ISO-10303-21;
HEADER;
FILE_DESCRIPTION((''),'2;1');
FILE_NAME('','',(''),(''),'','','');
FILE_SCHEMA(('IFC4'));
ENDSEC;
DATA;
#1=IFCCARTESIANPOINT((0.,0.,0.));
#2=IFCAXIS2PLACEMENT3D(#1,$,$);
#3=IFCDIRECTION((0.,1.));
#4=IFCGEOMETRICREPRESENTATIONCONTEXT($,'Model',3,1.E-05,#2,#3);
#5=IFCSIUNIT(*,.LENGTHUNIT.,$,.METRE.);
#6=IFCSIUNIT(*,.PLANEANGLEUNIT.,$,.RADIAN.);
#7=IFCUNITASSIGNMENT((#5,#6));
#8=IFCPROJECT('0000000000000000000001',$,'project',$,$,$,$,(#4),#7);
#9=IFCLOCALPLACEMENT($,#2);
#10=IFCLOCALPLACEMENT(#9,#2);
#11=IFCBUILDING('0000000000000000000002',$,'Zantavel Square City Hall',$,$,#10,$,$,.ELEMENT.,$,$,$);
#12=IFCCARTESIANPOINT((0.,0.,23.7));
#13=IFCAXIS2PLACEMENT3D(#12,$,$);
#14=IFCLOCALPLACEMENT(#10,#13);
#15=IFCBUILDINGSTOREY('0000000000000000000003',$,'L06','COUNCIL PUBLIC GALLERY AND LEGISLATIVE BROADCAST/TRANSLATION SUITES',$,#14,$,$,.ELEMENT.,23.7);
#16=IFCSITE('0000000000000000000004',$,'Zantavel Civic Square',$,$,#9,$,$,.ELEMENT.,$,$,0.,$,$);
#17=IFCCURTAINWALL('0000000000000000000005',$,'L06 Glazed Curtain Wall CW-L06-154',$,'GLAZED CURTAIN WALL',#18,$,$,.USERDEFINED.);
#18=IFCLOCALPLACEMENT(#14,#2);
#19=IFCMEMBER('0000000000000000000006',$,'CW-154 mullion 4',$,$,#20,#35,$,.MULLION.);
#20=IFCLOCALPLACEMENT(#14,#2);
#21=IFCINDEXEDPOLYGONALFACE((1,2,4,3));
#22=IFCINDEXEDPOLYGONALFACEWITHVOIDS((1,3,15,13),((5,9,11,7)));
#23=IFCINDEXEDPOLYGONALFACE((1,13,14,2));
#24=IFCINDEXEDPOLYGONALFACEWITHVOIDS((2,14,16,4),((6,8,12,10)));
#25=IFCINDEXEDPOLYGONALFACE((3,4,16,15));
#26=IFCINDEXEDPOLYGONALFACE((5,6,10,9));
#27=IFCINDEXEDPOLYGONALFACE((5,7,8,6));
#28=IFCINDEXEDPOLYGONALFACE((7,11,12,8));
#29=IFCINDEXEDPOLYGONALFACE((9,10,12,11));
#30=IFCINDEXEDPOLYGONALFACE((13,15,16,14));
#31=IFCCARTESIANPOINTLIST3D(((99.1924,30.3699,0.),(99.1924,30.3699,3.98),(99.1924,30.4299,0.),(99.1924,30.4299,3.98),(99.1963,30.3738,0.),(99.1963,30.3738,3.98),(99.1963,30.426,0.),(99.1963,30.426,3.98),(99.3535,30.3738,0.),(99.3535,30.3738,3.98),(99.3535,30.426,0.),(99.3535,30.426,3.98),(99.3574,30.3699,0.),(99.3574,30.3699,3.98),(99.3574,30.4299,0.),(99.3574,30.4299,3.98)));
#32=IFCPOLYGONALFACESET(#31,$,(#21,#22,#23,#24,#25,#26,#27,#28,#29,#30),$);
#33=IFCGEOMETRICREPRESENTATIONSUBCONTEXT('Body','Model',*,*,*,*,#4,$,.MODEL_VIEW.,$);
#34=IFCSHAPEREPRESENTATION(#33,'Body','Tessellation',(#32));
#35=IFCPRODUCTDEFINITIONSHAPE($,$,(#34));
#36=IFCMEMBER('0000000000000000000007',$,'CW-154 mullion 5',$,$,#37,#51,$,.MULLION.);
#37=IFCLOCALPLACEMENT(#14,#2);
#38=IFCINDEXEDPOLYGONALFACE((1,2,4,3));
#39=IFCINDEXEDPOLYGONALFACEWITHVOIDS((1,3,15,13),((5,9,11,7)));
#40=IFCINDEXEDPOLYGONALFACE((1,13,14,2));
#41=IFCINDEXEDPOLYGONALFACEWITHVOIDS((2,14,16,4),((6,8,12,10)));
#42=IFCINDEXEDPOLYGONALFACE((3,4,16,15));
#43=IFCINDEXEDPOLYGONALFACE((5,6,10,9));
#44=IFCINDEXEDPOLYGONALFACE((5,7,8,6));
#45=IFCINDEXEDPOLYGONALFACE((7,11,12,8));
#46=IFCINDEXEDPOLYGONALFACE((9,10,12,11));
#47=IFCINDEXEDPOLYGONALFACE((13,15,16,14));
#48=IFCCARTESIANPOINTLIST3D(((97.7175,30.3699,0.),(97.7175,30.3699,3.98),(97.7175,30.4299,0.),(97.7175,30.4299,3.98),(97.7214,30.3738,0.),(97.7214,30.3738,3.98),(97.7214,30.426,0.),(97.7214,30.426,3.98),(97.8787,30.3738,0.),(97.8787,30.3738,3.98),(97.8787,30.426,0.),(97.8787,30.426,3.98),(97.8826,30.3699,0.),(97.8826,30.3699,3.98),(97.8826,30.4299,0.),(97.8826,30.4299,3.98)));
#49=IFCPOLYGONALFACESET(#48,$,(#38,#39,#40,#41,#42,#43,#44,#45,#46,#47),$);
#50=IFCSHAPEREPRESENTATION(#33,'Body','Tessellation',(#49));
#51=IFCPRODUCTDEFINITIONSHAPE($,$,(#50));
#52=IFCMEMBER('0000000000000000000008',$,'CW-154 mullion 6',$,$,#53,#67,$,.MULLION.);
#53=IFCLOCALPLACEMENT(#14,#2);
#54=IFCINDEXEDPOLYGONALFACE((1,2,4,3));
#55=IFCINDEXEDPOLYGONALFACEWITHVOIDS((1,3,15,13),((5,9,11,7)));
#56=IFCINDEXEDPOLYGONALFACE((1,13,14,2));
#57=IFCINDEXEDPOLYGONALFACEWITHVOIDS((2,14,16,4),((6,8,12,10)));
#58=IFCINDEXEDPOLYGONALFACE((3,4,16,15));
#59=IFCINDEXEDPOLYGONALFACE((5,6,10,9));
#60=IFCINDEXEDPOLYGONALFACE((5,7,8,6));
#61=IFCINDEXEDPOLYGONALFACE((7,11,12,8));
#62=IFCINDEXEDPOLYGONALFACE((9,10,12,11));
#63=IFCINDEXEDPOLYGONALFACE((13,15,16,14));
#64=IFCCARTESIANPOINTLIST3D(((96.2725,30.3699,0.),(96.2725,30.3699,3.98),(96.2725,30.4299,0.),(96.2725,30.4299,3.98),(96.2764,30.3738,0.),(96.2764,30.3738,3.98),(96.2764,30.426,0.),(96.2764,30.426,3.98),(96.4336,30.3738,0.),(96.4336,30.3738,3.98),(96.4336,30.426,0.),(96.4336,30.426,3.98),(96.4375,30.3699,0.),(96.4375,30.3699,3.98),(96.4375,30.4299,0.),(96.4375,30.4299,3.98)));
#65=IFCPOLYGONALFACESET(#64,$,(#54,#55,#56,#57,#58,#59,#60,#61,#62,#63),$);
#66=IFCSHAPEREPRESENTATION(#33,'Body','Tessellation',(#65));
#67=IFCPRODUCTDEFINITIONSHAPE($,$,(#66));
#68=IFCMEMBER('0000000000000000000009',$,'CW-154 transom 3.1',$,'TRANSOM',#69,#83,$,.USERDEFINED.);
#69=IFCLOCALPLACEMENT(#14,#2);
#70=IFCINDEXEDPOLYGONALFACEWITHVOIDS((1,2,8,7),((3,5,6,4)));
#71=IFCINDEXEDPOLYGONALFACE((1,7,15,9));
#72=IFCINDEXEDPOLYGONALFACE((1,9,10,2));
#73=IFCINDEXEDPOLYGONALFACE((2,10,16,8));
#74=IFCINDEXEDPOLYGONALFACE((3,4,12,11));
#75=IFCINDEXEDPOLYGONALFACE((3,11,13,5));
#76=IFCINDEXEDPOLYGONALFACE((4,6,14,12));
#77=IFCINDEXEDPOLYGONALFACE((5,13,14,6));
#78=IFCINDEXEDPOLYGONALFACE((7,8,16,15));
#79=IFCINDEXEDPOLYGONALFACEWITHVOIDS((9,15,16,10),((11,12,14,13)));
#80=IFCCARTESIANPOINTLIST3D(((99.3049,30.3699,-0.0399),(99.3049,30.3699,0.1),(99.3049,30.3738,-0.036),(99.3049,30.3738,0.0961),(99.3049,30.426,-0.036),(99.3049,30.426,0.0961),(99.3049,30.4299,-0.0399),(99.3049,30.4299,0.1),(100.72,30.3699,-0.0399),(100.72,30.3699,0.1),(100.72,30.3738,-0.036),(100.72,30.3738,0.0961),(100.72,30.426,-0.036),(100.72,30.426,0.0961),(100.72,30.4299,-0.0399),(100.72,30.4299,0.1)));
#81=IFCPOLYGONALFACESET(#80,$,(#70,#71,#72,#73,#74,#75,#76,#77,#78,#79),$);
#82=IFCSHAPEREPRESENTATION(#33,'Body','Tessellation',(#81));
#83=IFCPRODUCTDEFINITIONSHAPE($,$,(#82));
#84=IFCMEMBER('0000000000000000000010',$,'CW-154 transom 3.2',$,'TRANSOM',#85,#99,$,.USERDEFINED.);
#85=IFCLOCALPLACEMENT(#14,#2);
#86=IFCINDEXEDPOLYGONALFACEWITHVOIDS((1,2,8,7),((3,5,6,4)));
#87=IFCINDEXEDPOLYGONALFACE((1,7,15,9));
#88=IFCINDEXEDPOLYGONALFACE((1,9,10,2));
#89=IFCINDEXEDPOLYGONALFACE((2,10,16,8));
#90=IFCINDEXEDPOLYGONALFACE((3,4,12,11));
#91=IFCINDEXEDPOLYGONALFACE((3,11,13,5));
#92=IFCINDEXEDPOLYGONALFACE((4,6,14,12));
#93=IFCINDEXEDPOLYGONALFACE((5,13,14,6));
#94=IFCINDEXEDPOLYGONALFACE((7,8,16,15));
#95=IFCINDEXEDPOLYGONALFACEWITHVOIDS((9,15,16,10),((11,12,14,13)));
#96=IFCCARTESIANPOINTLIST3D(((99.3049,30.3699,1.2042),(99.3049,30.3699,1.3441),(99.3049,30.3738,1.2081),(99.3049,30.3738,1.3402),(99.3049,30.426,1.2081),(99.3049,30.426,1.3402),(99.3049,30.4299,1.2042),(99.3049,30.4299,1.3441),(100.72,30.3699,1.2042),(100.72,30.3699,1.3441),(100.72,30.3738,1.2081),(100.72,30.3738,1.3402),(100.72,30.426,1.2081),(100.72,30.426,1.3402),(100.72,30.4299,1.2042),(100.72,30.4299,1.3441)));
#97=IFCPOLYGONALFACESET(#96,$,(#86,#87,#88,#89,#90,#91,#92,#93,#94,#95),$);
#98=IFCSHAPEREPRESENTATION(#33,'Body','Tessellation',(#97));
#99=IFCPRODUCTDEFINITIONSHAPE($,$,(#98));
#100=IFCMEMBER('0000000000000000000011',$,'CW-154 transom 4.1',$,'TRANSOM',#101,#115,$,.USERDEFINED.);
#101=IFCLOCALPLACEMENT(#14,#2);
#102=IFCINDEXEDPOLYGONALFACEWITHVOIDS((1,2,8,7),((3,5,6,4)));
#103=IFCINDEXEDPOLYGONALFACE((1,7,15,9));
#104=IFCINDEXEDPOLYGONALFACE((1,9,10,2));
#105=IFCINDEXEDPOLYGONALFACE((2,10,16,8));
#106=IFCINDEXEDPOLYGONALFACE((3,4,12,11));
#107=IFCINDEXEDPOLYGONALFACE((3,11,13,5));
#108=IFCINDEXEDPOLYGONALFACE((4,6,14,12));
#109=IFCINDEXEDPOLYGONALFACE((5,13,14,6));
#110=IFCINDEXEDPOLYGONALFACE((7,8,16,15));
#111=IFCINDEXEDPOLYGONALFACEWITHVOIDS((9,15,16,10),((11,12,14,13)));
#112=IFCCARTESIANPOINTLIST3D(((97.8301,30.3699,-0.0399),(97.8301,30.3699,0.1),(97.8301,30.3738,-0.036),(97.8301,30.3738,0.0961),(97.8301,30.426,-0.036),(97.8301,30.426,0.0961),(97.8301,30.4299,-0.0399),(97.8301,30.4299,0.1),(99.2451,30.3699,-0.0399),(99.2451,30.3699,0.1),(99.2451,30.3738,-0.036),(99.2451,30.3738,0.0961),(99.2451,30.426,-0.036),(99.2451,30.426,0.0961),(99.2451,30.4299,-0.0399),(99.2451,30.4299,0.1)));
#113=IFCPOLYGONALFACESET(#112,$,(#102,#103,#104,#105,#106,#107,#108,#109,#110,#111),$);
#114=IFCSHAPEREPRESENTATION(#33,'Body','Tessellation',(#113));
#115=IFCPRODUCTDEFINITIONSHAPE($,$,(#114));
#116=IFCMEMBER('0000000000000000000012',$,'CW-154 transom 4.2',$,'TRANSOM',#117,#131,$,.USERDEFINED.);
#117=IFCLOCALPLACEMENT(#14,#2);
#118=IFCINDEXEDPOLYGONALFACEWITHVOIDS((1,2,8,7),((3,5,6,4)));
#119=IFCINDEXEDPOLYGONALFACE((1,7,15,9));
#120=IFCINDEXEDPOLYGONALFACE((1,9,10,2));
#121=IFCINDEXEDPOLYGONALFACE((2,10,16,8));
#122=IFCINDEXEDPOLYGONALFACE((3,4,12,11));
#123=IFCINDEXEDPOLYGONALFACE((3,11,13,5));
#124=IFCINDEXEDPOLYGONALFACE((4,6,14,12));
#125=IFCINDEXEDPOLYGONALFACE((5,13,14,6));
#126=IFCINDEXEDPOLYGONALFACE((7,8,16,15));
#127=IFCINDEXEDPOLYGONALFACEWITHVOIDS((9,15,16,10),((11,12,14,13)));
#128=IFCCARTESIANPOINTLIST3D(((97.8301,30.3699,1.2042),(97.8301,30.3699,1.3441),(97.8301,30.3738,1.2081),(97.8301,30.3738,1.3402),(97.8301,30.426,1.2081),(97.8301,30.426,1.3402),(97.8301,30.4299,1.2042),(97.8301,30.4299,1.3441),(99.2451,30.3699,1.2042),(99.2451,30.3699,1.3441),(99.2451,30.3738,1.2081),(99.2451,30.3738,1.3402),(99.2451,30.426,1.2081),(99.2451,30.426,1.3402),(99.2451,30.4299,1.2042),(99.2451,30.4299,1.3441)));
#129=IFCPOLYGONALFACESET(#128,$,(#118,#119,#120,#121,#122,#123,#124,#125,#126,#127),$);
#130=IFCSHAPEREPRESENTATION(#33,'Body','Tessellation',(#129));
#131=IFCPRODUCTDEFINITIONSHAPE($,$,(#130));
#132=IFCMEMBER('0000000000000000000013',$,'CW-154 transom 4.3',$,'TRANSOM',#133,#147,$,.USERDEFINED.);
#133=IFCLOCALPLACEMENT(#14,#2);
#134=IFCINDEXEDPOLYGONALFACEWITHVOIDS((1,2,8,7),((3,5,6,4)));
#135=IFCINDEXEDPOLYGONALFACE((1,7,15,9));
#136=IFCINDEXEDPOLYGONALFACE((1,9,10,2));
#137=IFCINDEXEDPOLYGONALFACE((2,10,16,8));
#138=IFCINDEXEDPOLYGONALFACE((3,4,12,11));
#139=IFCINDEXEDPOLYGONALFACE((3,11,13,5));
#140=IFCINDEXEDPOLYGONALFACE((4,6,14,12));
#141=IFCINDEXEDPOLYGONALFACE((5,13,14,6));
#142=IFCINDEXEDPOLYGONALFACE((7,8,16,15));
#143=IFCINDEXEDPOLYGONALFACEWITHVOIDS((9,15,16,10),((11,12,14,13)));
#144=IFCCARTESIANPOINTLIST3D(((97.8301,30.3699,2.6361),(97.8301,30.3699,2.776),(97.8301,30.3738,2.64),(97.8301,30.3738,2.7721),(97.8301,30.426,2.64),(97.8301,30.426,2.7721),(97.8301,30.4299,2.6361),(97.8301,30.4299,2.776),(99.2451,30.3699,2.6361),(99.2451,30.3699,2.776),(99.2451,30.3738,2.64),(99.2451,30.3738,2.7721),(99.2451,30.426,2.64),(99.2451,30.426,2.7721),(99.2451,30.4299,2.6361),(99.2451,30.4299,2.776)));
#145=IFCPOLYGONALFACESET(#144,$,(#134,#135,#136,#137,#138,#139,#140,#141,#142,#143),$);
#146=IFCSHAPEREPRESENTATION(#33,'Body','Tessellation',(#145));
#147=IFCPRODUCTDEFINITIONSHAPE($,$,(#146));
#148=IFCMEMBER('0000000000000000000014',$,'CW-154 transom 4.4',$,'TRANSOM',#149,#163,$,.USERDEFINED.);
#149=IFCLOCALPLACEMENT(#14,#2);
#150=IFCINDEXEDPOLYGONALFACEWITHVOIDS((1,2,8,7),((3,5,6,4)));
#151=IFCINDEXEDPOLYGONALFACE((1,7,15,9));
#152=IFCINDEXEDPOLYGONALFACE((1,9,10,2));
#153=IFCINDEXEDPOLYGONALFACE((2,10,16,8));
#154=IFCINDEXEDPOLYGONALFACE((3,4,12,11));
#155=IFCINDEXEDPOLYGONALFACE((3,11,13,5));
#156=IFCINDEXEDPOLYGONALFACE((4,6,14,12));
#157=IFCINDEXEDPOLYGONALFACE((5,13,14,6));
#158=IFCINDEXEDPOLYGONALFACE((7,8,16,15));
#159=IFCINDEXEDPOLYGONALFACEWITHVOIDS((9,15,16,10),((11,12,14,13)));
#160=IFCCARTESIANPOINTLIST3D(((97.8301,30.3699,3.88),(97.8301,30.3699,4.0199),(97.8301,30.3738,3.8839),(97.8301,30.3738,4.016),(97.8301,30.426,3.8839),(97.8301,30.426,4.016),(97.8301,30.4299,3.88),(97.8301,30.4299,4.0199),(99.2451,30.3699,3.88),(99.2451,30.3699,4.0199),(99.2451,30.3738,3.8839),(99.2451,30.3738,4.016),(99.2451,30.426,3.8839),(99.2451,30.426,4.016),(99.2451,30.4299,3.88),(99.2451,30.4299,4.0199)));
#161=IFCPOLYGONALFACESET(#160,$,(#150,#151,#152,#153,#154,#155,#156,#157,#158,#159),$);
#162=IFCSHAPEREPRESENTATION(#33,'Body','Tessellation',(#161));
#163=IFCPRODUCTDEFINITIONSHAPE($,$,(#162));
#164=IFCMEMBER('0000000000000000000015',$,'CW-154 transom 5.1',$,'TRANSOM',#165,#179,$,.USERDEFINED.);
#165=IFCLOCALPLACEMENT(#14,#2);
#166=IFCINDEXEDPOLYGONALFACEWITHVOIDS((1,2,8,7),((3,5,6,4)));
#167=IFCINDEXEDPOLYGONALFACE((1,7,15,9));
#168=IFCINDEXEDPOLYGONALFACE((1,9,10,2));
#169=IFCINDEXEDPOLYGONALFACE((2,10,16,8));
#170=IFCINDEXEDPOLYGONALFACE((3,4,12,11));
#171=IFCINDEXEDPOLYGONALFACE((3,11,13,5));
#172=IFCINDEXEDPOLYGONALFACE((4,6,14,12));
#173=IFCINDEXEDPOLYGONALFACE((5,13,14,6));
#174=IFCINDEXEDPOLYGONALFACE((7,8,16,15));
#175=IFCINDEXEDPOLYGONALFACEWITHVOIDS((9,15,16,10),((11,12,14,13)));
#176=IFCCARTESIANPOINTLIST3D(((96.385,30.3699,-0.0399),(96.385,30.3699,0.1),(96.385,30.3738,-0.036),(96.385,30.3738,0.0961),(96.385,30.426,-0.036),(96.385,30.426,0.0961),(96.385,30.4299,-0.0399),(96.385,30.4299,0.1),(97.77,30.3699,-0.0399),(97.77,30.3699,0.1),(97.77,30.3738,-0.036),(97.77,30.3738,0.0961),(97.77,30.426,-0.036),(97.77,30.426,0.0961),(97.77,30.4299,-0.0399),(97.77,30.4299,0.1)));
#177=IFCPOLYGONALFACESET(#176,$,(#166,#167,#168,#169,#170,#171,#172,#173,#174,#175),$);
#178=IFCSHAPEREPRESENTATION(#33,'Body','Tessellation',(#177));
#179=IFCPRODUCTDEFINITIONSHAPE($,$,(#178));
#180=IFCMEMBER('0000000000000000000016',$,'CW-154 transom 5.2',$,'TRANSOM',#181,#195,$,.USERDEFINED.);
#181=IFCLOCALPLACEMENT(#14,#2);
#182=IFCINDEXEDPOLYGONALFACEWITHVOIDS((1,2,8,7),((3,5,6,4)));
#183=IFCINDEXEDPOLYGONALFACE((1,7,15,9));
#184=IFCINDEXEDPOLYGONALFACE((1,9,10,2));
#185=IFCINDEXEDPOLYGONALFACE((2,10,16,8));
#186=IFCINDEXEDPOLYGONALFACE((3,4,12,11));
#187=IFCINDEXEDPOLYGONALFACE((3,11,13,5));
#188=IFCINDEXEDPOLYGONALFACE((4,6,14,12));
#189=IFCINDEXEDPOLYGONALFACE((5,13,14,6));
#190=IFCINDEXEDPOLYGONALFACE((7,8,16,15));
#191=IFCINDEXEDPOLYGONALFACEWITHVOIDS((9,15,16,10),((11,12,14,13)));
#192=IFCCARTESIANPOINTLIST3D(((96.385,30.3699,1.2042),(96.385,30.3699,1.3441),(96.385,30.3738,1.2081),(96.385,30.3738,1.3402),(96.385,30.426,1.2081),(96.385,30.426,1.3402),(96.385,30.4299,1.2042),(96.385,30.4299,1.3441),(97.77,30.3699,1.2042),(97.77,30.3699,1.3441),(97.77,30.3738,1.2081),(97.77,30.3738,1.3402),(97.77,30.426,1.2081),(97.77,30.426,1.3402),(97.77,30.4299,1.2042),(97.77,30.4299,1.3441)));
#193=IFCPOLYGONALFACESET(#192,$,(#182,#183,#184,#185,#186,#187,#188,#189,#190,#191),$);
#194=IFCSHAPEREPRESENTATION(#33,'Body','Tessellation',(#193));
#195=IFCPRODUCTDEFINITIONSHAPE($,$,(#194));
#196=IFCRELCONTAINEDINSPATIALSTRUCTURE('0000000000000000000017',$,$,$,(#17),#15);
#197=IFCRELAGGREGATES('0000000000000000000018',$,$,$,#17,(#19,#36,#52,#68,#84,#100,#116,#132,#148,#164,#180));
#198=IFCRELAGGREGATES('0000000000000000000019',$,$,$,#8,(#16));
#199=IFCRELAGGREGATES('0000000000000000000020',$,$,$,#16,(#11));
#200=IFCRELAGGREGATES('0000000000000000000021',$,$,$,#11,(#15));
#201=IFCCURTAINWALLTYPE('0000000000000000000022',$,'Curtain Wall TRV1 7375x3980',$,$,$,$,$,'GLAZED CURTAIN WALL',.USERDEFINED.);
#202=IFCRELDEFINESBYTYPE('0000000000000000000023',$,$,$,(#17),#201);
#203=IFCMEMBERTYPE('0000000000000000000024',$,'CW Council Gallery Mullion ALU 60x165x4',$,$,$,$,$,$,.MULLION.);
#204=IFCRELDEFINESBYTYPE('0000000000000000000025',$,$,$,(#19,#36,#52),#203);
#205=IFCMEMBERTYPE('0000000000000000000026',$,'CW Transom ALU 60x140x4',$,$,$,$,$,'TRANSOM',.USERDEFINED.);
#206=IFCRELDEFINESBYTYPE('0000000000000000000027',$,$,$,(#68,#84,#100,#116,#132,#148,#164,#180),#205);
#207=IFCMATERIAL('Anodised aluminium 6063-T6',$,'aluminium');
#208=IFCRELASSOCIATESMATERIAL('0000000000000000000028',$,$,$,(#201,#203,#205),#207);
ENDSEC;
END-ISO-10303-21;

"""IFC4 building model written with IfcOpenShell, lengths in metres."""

from ifc_helpers import new_model, si_unit, direction, frame, origin, origin_2d, place, context, subcontext, project, spatial, hollow_rectangle, extrude, material, material_profile, profile_set, type_object, element, aggregate, save


model = new_model("IFC4")

# Units and contexts
model_context = context("Model", 3, precision=1e-05, world=origin(), true_north=direction((0.0, 1.0)))
body_context = subcontext(model_context, "Body", "Model", "MODEL_VIEW")
ifc_project = project(units=[si_unit("LENGTHUNIT", "METRE"), si_unit("PLANEANGLEUNIT", "RADIAN")], contexts=[model_context])

# Site, building, storey
site_placement = place(None, origin())
site = spatial("IfcSite", under=ifc_project, at=site_placement, Name="Zantavel Civic Square", CompositionType="ELEMENT", RefElevation=0.0)
building_placement = place(site_placement, origin())
building = spatial("IfcBuilding", under=site, at=building_placement, Name="Zantavel Square City Hall", CompositionType="ELEMENT")
storey_placement = place(building_placement, frame((0.0, 0.0, 23.7)))
storey = spatial("IfcBuildingStorey", under=building, at=storey_placement, Name="L06", Description="COUNCIL PUBLIC GALLERY AND LEGISLATIVE BROADCAST/TRANSLATION SUITES", CompositionType="ELEMENT", Elevation=23.7)

# Curtain wall, members
ifc_material_1 = material(Name="Anodised aluminium 6063-T6", Category="aluminium")
curtain_wall_type = type_object("IfcCurtainWallType", Name="Curtain Wall TRV1 7375x3980", ElementType="GLAZED CURTAIN WALL", PredefinedType="USERDEFINED", material=ifc_material_1)
curtain_wall_placement = place(storey_placement, origin())
curtain_wall = element("IfcCurtainWall", 1, at=curtain_wall_placement, inside=storey, type_object=curtain_wall_type, Name="L06 Glazed Curtain Wall CW-L06-154", ObjectType="GLAZED CURTAIN WALL", PredefinedType="USERDEFINED")
ifc_material_profile_1 = material_profile(ifc_material_1, hollow_rectangle(XDim=0.0601, YDim=0.165, WallThickness=0.0039, at=origin_2d()), Name="ALU 60x165x4")
ifc_profile_set_1 = profile_set([ifc_material_profile_1], Name="Anodised aluminium 6063-T6")
member_type_1 = type_object("IfcMemberType", Name="CW Council Gallery Mullion ALU 60x165x4", PredefinedType="MULLION", material=ifc_profile_set_1)
member_1_placement = place(storey_placement, frame((99.2749, 30.3999, 0.0), z_axis=(0.0, 0.0, 1.0), x_axis=(0.0, -1.0, 0.0)))
member_1 = element("IfcMember", 2, at=member_1_placement, type_object=member_type_1, Name="CW-154 mullion 4", PredefinedType="MULLION", context=body_context, shape_type="SweptSolid", body=[
    extrude(hollow_rectangle(XDim=0.0601, YDim=0.165, WallThickness=0.0039, at=origin_2d()), origin(), (0.0, 0.0, 1.0), 3.98),
])
member_2_placement = place(storey_placement, frame((97.8, 30.3999, 0.0), z_axis=(0.0, 0.0, 1.0), x_axis=(0.0, -1.0, 0.0)))
member_2 = element("IfcMember", 3, at=member_2_placement, type_object=member_type_1, Name="CW-154 mullion 5", PredefinedType="MULLION", context=body_context, shape_type="SweptSolid", body=[
    extrude(hollow_rectangle(XDim=0.0601, YDim=0.165, WallThickness=0.0039, at=origin_2d()), origin(), (0.0, 0.0, 1.0), 3.98),
])
member_3_placement = place(storey_placement, frame((96.355, 30.3999, 0.0), z_axis=(0.0, 0.0, 1.0), x_axis=(0.0, -1.0, 0.0)))
member_3 = element("IfcMember", 4, at=member_3_placement, type_object=member_type_1, Name="CW-154 mullion 6", PredefinedType="MULLION", context=body_context, shape_type="SweptSolid", body=[
    extrude(hollow_rectangle(XDim=0.0601, YDim=0.165, WallThickness=0.0039, at=origin_2d()), origin(), (0.0, 0.0, 1.0), 3.98),
])
ifc_material_profile_2 = material_profile(ifc_material_1, hollow_rectangle(XDim=0.0601, YDim=0.1399, WallThickness=0.0039, at=origin_2d()), Name="ALU 60x140x4")
ifc_profile_set_2 = profile_set([ifc_material_profile_2], Name="Anodised aluminium 6063-T6")
member_type_2 = type_object("IfcMemberType", Name="CW Transom ALU 60x140x4", ElementType="TRANSOM", PredefinedType="USERDEFINED", material=ifc_profile_set_2)
member_4_placement = place(storey_placement, frame((100.72, 30.3999, 0.03), z_axis=(-1.0, 0.0, 0.0), x_axis=(0.0, -1.0, 0.0)))
member_4 = element("IfcMember", 5, at=member_4_placement, type_object=member_type_2, Name="CW-154 transom 3.1", ObjectType="TRANSOM", PredefinedType="USERDEFINED", context=body_context, shape_type="SweptSolid", body=[
    extrude(hollow_rectangle(XDim=0.0601, YDim=0.1399, WallThickness=0.0039, at=origin_2d()), origin(), (0.0, 0.0, 1.0), 1.415),
])
member_5_placement = place(storey_placement, frame((100.72, 30.3999, 1.2742), z_axis=(-1.0, 0.0, 0.0), x_axis=(0.0, -1.0, 0.0)))
member_5 = element("IfcMember", 6, at=member_5_placement, type_object=member_type_2, Name="CW-154 transom 3.2", ObjectType="TRANSOM", PredefinedType="USERDEFINED", context=body_context, shape_type="SweptSolid", body=[
    extrude(hollow_rectangle(XDim=0.0601, YDim=0.1399, WallThickness=0.0039, at=origin_2d()), origin(), (0.0, 0.0, 1.0), 1.415),
])
member_6_placement = place(storey_placement, frame((99.2451, 30.3999, 0.03), z_axis=(-1.0, 0.0, 0.0), x_axis=(0.0, -1.0, 0.0)))
member_6 = element("IfcMember", 7, at=member_6_placement, type_object=member_type_2, Name="CW-154 transom 4.1", ObjectType="TRANSOM", PredefinedType="USERDEFINED", context=body_context, shape_type="SweptSolid", body=[
    extrude(hollow_rectangle(XDim=0.0601, YDim=0.1399, WallThickness=0.0039, at=origin_2d()), origin(), (0.0, 0.0, 1.0), 1.415),
])
member_7_placement = place(storey_placement, frame((99.2451, 30.3999, 1.2742), z_axis=(-1.0, 0.0, 0.0), x_axis=(0.0, -1.0, 0.0)))
member_7 = element("IfcMember", 8, at=member_7_placement, type_object=member_type_2, Name="CW-154 transom 4.2", ObjectType="TRANSOM", PredefinedType="USERDEFINED", context=body_context, shape_type="SweptSolid", body=[
    extrude(hollow_rectangle(XDim=0.0601, YDim=0.1399, WallThickness=0.0039, at=origin_2d()), origin(), (0.0, 0.0, 1.0), 1.415),
])
member_8_placement = place(storey_placement, frame((99.2451, 30.3999, 2.7061), z_axis=(-1.0, 0.0, 0.0), x_axis=(0.0, -1.0, 0.0)))
member_8 = element("IfcMember", 9, at=member_8_placement, type_object=member_type_2, Name="CW-154 transom 4.3", ObjectType="TRANSOM", PredefinedType="USERDEFINED", context=body_context, shape_type="SweptSolid", body=[
    extrude(hollow_rectangle(XDim=0.0601, YDim=0.1399, WallThickness=0.0039, at=origin_2d()), origin(), (0.0, 0.0, 1.0), 1.415),
])
member_9_placement = place(storey_placement, frame((99.2451, 30.3999, 3.95), z_axis=(-1.0, 0.0, 0.0), x_axis=(0.0, -1.0, 0.0)))
member_9 = element("IfcMember", 10, at=member_9_placement, type_object=member_type_2, Name="CW-154 transom 4.4", ObjectType="TRANSOM", PredefinedType="USERDEFINED", context=body_context, shape_type="SweptSolid", body=[
    extrude(hollow_rectangle(XDim=0.0601, YDim=0.1399, WallThickness=0.0039, at=origin_2d()), origin(), (0.0, 0.0, 1.0), 1.415),
])
member_10_placement = place(storey_placement, frame((97.77, 30.3999, 0.03), z_axis=(-1.0, 0.0, 0.0), x_axis=(0.0, -1.0, 0.0)))
member_10 = element("IfcMember", 11, at=member_10_placement, type_object=member_type_2, Name="CW-154 transom 5.1", ObjectType="TRANSOM", PredefinedType="USERDEFINED", context=body_context, shape_type="SweptSolid", body=[
    extrude(hollow_rectangle(XDim=0.0601, YDim=0.1399, WallThickness=0.0039, at=origin_2d()), origin(), (0.0, 0.0, 1.0), 1.385),
])
member_11_placement = place(storey_placement, frame((97.77, 30.3999, 1.2742), z_axis=(-1.0, 0.0, 0.0), x_axis=(0.0, -1.0, 0.0)))
member_11 = element("IfcMember", 12, at=member_11_placement, type_object=member_type_2, Name="CW-154 transom 5.2", ObjectType="TRANSOM", PredefinedType="USERDEFINED", context=body_context, shape_type="SweptSolid", body=[
    extrude(hollow_rectangle(XDim=0.0601, YDim=0.1399, WallThickness=0.0039, at=origin_2d()), origin(), (0.0, 0.0, 1.0), 1.385),
])

aggregate(curtain_wall, [member_1, member_2, member_3, member_4, member_5, member_6, member_7, member_8, member_9, member_10, member_11])

save(model, "model.ifc")
